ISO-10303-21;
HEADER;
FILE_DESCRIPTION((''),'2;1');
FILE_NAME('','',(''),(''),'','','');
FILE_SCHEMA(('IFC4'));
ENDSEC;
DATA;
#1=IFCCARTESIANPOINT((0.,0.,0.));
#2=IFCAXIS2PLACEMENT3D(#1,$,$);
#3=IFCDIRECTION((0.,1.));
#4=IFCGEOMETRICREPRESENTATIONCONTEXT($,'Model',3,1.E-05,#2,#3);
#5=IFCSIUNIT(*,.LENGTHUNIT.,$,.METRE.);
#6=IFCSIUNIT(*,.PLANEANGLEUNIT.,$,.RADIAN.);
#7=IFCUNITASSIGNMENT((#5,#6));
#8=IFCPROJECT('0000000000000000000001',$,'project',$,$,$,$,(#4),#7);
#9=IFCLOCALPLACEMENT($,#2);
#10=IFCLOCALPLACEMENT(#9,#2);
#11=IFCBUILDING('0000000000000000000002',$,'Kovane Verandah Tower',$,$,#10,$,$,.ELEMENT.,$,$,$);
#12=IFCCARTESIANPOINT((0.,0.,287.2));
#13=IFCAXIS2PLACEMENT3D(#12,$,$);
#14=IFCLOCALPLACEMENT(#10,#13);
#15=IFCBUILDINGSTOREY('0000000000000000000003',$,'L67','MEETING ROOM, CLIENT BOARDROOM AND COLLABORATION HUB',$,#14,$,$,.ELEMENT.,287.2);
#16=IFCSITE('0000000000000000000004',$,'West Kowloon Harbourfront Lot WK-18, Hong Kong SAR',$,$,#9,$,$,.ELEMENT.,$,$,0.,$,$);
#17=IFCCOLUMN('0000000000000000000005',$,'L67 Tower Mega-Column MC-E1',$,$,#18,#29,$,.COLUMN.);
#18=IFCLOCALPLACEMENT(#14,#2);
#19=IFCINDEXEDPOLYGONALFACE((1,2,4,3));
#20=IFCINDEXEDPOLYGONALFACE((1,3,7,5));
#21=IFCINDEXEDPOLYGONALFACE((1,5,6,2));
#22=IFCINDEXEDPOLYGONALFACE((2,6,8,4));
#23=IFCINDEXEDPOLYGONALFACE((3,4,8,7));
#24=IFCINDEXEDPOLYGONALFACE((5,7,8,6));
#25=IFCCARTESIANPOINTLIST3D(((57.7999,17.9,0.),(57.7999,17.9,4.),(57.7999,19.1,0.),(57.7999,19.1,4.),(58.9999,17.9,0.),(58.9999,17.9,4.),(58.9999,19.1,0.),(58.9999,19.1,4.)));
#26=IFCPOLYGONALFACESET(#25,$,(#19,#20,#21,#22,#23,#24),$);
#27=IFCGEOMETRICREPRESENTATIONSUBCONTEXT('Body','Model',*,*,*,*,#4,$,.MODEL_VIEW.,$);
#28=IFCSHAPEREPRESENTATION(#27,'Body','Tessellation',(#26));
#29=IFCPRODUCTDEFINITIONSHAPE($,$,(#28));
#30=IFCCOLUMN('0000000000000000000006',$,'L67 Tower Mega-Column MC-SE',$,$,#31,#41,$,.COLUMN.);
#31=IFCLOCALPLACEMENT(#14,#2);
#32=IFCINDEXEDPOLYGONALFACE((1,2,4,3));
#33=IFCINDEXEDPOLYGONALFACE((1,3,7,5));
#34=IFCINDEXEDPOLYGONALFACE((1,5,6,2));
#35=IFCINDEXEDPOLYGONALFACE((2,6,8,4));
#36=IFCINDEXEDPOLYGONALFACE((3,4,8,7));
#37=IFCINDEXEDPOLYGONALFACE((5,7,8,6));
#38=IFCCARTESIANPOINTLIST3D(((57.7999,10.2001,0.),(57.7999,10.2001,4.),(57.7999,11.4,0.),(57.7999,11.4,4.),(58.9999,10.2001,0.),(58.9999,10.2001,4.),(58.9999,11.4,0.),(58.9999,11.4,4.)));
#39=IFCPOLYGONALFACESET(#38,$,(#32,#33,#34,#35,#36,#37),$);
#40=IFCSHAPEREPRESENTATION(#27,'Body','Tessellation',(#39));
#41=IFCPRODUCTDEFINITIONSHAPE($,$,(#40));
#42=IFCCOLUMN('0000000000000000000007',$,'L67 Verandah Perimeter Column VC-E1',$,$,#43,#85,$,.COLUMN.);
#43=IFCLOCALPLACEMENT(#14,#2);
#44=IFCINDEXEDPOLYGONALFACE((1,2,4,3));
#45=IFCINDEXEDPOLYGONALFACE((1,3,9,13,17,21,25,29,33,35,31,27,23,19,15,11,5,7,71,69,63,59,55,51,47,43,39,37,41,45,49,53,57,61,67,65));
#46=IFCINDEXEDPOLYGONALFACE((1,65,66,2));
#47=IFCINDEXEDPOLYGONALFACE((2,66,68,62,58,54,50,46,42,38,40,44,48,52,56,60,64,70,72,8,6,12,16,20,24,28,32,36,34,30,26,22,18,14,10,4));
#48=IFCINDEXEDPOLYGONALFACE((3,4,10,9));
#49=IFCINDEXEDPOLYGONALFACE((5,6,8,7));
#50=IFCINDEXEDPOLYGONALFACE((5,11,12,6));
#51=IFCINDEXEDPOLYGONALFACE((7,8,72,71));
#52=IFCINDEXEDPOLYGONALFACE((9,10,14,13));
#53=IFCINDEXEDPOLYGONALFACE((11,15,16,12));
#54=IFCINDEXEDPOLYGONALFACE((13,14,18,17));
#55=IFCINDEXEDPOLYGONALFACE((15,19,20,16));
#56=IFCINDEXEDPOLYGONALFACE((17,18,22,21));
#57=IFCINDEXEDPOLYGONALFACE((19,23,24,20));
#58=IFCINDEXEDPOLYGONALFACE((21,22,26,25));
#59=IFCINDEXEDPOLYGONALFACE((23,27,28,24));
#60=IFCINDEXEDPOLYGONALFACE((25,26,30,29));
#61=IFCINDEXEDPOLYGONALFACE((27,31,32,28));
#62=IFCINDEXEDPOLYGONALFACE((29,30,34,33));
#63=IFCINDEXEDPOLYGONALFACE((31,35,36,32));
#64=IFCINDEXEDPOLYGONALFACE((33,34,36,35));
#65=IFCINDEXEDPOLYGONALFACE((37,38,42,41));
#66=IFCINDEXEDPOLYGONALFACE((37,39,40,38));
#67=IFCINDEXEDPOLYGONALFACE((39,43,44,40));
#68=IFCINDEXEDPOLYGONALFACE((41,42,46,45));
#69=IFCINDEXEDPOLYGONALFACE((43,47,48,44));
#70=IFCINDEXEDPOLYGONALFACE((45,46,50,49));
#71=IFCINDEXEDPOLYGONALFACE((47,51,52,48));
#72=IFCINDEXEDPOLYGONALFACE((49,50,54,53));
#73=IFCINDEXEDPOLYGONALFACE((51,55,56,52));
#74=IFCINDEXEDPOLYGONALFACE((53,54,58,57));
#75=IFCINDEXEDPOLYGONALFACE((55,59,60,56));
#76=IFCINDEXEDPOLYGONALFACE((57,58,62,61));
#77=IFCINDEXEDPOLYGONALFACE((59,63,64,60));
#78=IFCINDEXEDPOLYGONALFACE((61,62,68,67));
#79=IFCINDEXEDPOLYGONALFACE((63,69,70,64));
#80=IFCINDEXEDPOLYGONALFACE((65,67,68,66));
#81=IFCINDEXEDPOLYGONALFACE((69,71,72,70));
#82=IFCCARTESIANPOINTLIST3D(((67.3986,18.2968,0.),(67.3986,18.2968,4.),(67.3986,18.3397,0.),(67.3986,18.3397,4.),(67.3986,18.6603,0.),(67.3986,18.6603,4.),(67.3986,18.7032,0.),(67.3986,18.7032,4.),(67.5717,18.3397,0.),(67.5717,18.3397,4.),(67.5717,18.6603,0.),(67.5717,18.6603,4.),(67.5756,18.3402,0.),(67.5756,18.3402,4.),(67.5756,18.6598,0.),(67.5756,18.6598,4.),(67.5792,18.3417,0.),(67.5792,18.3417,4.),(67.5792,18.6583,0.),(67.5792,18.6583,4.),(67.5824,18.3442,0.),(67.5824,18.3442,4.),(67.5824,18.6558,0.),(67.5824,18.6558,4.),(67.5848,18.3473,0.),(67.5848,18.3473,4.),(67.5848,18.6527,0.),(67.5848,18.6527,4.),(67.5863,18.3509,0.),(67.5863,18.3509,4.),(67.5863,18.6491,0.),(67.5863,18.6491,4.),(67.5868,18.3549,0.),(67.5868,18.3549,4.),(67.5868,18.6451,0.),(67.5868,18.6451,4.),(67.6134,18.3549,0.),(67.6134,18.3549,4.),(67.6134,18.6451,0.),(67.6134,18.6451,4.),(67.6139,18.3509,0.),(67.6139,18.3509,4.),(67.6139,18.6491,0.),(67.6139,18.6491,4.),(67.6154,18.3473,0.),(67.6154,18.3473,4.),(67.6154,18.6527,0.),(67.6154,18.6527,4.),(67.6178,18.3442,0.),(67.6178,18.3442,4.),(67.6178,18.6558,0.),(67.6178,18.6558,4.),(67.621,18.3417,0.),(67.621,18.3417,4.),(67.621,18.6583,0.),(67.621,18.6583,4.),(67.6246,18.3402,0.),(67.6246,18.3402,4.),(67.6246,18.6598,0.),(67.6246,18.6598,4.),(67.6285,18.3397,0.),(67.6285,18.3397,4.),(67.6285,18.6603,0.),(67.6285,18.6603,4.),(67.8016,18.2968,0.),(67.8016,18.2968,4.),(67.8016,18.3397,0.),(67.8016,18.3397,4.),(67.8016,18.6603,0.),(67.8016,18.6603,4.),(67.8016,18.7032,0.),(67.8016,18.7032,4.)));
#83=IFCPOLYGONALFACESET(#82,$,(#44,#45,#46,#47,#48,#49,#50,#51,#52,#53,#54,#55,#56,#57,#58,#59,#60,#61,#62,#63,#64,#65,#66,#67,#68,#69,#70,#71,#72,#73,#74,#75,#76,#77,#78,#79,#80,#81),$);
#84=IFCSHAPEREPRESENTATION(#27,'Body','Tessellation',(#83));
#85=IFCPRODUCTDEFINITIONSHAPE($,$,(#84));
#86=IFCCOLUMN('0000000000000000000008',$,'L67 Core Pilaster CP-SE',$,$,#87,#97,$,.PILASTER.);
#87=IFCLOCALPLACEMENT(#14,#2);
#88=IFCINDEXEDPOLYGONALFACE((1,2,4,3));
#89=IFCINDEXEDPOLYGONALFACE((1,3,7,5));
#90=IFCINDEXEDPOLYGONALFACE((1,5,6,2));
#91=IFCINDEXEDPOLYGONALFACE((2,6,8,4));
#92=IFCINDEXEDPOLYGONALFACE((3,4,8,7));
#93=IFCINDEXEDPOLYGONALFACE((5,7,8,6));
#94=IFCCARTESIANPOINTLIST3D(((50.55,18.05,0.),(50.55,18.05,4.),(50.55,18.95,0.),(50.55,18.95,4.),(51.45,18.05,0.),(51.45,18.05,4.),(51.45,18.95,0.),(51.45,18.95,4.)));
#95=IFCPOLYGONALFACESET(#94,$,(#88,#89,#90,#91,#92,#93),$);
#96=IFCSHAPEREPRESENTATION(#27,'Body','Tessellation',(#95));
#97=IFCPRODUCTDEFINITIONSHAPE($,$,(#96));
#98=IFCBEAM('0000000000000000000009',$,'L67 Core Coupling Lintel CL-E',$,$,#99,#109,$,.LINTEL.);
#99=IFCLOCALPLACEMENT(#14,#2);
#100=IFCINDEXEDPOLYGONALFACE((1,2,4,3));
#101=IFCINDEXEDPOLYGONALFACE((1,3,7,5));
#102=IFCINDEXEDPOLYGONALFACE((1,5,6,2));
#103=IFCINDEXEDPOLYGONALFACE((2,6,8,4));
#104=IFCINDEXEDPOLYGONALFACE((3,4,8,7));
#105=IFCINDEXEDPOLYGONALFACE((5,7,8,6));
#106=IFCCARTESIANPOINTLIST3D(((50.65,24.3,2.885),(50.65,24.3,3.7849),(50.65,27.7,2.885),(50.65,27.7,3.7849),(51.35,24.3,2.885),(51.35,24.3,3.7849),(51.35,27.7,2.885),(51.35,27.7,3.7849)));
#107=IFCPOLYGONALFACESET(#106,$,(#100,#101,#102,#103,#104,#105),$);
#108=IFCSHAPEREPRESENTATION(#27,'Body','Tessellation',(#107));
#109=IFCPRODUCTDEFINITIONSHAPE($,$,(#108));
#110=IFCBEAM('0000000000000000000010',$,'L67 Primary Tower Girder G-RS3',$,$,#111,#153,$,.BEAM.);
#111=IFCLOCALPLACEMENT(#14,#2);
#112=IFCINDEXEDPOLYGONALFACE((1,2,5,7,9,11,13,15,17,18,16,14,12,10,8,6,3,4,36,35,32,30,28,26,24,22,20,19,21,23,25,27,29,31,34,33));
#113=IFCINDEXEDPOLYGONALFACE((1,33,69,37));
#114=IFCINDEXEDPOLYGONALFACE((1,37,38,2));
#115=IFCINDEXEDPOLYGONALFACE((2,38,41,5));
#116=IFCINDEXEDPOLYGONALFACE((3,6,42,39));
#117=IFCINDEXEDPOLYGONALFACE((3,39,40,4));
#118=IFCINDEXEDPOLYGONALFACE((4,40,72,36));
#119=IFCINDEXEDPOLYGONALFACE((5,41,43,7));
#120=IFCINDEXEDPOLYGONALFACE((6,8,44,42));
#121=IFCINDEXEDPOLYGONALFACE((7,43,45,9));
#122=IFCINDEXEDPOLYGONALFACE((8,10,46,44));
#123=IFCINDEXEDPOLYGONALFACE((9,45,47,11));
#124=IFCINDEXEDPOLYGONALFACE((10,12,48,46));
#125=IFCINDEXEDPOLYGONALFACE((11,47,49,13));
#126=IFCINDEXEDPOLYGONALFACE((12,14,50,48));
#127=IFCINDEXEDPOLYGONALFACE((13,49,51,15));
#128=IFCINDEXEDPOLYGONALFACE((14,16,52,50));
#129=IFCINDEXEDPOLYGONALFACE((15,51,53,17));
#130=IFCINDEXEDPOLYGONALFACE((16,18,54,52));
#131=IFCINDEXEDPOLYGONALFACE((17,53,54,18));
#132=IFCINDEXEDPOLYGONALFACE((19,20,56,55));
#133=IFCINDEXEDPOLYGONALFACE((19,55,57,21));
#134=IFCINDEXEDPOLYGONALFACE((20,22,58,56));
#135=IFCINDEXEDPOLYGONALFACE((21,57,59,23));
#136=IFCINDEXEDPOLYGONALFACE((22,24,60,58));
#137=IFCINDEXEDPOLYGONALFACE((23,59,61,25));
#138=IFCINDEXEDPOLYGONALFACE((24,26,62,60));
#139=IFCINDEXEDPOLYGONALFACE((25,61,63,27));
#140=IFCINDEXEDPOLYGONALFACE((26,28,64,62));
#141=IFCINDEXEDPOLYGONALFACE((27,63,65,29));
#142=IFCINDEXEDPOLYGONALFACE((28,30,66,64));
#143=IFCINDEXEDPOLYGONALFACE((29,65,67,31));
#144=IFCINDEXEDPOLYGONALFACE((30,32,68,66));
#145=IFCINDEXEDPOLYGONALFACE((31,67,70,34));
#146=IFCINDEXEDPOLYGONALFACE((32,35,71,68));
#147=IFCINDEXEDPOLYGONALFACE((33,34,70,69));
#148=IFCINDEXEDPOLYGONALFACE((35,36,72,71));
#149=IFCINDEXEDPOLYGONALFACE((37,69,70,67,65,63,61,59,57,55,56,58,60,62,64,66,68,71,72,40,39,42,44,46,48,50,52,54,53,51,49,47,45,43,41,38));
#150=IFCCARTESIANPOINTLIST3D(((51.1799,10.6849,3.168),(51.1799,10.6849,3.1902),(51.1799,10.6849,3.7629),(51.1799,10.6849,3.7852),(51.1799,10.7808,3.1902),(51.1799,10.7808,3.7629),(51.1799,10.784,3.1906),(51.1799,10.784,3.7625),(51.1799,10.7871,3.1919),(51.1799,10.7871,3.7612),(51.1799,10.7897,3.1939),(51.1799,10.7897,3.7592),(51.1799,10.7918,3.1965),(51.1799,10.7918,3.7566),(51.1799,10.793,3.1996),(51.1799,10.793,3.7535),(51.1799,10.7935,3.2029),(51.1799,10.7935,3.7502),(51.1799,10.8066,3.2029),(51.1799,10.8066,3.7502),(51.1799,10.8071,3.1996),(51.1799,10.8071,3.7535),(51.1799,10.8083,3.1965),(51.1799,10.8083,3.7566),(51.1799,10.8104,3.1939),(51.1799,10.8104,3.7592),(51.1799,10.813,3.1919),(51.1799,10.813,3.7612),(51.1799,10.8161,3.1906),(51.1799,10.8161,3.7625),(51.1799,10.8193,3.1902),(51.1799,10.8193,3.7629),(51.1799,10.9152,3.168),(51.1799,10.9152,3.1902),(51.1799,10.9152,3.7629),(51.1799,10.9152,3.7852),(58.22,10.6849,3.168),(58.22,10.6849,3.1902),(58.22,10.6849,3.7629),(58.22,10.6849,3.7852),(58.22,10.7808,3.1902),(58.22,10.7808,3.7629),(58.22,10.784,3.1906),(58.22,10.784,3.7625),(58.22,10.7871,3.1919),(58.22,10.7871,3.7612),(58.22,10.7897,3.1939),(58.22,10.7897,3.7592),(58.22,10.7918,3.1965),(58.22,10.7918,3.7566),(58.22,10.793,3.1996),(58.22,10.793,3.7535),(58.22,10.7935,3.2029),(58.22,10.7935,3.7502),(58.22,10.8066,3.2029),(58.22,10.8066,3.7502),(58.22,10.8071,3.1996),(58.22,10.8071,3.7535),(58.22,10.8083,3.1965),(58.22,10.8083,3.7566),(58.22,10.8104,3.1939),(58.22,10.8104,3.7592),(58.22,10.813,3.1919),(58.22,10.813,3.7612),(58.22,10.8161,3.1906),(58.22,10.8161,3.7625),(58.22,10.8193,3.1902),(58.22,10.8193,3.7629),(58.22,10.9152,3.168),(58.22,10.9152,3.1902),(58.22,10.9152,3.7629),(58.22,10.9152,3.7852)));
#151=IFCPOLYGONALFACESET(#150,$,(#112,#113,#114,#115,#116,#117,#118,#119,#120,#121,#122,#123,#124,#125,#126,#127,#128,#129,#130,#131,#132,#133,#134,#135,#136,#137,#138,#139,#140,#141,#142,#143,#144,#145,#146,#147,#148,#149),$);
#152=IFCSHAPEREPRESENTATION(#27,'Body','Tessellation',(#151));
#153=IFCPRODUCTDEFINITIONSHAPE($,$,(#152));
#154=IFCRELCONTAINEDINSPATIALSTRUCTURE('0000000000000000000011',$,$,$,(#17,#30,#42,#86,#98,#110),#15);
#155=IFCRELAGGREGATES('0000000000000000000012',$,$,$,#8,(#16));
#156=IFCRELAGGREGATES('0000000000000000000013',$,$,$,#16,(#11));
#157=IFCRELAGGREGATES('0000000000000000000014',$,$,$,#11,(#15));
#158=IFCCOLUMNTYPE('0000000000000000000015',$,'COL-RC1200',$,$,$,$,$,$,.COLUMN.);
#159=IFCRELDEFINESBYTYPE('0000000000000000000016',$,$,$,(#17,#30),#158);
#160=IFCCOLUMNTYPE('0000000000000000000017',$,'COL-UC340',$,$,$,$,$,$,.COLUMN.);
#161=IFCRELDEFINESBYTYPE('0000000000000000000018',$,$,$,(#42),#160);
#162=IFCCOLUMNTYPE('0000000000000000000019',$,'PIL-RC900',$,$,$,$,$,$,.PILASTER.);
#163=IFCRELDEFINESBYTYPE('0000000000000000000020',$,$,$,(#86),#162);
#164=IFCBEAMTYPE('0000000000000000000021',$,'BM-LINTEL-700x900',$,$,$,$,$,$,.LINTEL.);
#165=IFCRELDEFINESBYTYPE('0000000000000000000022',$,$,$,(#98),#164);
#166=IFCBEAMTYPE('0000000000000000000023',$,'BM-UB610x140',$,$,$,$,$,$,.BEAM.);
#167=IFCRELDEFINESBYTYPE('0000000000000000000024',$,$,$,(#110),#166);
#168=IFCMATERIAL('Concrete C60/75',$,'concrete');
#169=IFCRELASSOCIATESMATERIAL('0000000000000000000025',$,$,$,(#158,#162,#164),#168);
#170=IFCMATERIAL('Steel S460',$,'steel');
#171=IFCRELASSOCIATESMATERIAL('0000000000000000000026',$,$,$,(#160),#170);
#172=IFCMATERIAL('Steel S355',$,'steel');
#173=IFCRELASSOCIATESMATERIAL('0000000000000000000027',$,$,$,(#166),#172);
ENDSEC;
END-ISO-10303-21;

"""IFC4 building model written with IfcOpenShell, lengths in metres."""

from ifc_helpers import new_model, si_unit, direction, frame, origin, origin_2d, place, context, subcontext, project, spatial, rectangle, i_section, extrude, material, material_profile, profile_set, type_object, element, save


model = new_model("IFC4")

# Units and contexts
model_context = context("Model", 3, precision=1e-05, world=origin(), true_north=direction((0.0, 1.0)))
body_context = subcontext(model_context, "Body", "Model", "MODEL_VIEW")
ifc_project = project(units=[si_unit("LENGTHUNIT", "METRE"), si_unit("PLANEANGLEUNIT", "RADIAN")], contexts=[model_context])

# Site, building, storey
site_placement = place(None, origin())
site = spatial("IfcSite", under=ifc_project, at=site_placement, Name="West Kowloon Harbourfront Lot WK-18, Hong Kong SAR", CompositionType="ELEMENT", RefElevation=0.0)
building_placement = place(site_placement, origin())
building = spatial("IfcBuilding", under=site, at=building_placement, Name="Kovane Verandah Tower", CompositionType="ELEMENT")
storey_placement = place(building_placement, frame((0.0, 0.0, 287.2)))
storey = spatial("IfcBuildingStorey", under=building, at=storey_placement, Name="L67", Description="MEETING ROOM, CLIENT BOARDROOM AND COLLABORATION HUB", CompositionType="ELEMENT", Elevation=287.2)

# Columns
ifc_material_1 = material(Name="Concrete C60/75", Category="concrete")
ifc_material_profile_1 = material_profile(ifc_material_1, rectangle(XDim=1.2, YDim=1.2, at=origin_2d()), Name="RC1200x1200")
ifc_profile_set_1 = profile_set([ifc_material_profile_1], Name="Concrete C60/75")
column_type_1 = type_object("IfcColumnType", Name="COL-RC1200", PredefinedType="COLUMN", material=ifc_profile_set_1)
for number, where, z_axis, x_axis, name in (
    (1, (58.3999, 18.5, 0.0), (0.0, 0.0, 1.0), (1.0, 0.0, 0.0), "L67 Tower Mega-Column MC-E1"),
    (2, (58.3999, 10.8, 0.0), (0.0, 0.0, 1.0), (1.0, 0.0, 0.0), "L67 Tower Mega-Column MC-SE"),
):
    element("IfcColumn", number, at=place(storey_placement, frame(where, z_axis=z_axis, x_axis=x_axis)), inside=storey, type_object=column_type_1, Name=name, PredefinedType="COLUMN", context=body_context, shape_type="SweptSolid", body=[
        extrude(rectangle(XDim=1.2, YDim=1.2, at=origin_2d()), origin(), (0.0, 0.0, 1.0), 4.0),
    ])
ifc_material_2 = material(Name="Steel S460", Category="steel")
ifc_material_profile_2 = material_profile(ifc_material_2, i_section(OverallWidth=0.4031, OverallDepth=0.4065, WebThickness=0.0266, FlangeThickness=0.043, FilletRadius=0.0151, at=origin_2d()), Name="UC356x406x340")
ifc_profile_set_2 = profile_set([ifc_material_profile_2], Name="Steel S460")
column_type_2 = type_object("IfcColumnType", Name="COL-UC340", PredefinedType="COLUMN", material=ifc_profile_set_2)
column_1_placement = place(storey_placement, frame((67.6001, 18.5, 0.0), z_axis=(0.0, 0.0, 1.0), x_axis=(1.0, 0.0, 0.0)))
element("IfcColumn", 3, at=column_1_placement, inside=storey, type_object=column_type_2, Name="L67 Verandah Perimeter Column VC-E1", PredefinedType="COLUMN", context=body_context, shape_type="SweptSolid", body=[
    extrude(i_section(OverallWidth=0.4031, OverallDepth=0.4065, WebThickness=0.0266, FlangeThickness=0.043, FilletRadius=0.0151, at=origin_2d()), origin(), (0.0, 0.0, 1.0), 4.0),
])
ifc_material_profile_3 = material_profile(ifc_material_1, rectangle(XDim=0.8999, YDim=0.8999, at=origin_2d()), Name="RC900x900")
ifc_profile_set_3 = profile_set([ifc_material_profile_3], Name="Concrete C60/75")
column_type_3 = type_object("IfcColumnType", Name="PIL-RC900", PredefinedType="PILASTER", material=ifc_profile_set_3)
column_2_placement = place(storey_placement, frame((51.0, 18.5, 0.0), z_axis=(0.0, 0.0, 1.0), x_axis=(1.0, 0.0, 0.0)))
element("IfcColumn", 4, at=column_2_placement, inside=storey, type_object=column_type_3, Name="L67 Core Pilaster CP-SE", PredefinedType="PILASTER", context=body_context, shape_type="SweptSolid", body=[
    extrude(rectangle(XDim=0.8999, YDim=0.8999, at=origin_2d()), origin(), (0.0, 0.0, 1.0), 4.0),
])

# Beams
ifc_material_profile_4 = material_profile(ifc_material_1, rectangle(XDim=0.7, YDim=0.8999, at=origin_2d()), Name="RCB700x900")
ifc_profile_set_4 = profile_set([ifc_material_profile_4], Name="Concrete C60/75")
beam_type_1 = type_object("IfcBeamType", Name="BM-LINTEL-700x900", PredefinedType="LINTEL", material=ifc_profile_set_4)
beam_1_placement = place(storey_placement, frame((51.0, 24.3, 3.335), z_axis=(0.0, 1.0, 0.0), x_axis=(-1.0, 0.0, 0.0)))
element("IfcBeam", 5, at=beam_1_placement, inside=storey, type_object=beam_type_1, Name="L67 Core Coupling Lintel CL-E", PredefinedType="LINTEL", context=body_context, shape_type="SweptSolid", body=[
    extrude(rectangle(XDim=0.7, YDim=0.8999, at=origin_2d()), origin(), (0.0, 0.0, 1.0), 3.3999),
])
ifc_material_3 = material(Name="Steel S355", Category="steel")
ifc_material_profile_5 = material_profile(ifc_material_3, i_section(OverallWidth=0.2302, OverallDepth=0.6172, WebThickness=0.0132, FlangeThickness=0.0222, FilletRadius=0.0127, at=origin_2d()), Name="UB610x229x140")
ifc_profile_set_5 = profile_set([ifc_material_profile_5], Name="Steel S355")
beam_type_2 = type_object("IfcBeamType", Name="BM-UB610x140", PredefinedType="BEAM", material=ifc_profile_set_5)
beam_2_placement = place(storey_placement, frame((51.1799, 10.8, 3.4766), z_axis=(1.0, 0.0, 0.0), x_axis=(0.0, 1.0, 0.0)))
element("IfcBeam", 6, at=beam_2_placement, inside=storey, type_object=beam_type_2, Name="L67 Primary Tower Girder G-RS3", PredefinedType="BEAM", context=body_context, shape_type="SweptSolid", body=[
    extrude(i_section(OverallWidth=0.2302, OverallDepth=0.6172, WebThickness=0.0132, FlangeThickness=0.0222, FilletRadius=0.0127, at=origin_2d()), origin(), (0.0, 0.0, 1.0), 7.04),
])

save(model, "model.ifc")
